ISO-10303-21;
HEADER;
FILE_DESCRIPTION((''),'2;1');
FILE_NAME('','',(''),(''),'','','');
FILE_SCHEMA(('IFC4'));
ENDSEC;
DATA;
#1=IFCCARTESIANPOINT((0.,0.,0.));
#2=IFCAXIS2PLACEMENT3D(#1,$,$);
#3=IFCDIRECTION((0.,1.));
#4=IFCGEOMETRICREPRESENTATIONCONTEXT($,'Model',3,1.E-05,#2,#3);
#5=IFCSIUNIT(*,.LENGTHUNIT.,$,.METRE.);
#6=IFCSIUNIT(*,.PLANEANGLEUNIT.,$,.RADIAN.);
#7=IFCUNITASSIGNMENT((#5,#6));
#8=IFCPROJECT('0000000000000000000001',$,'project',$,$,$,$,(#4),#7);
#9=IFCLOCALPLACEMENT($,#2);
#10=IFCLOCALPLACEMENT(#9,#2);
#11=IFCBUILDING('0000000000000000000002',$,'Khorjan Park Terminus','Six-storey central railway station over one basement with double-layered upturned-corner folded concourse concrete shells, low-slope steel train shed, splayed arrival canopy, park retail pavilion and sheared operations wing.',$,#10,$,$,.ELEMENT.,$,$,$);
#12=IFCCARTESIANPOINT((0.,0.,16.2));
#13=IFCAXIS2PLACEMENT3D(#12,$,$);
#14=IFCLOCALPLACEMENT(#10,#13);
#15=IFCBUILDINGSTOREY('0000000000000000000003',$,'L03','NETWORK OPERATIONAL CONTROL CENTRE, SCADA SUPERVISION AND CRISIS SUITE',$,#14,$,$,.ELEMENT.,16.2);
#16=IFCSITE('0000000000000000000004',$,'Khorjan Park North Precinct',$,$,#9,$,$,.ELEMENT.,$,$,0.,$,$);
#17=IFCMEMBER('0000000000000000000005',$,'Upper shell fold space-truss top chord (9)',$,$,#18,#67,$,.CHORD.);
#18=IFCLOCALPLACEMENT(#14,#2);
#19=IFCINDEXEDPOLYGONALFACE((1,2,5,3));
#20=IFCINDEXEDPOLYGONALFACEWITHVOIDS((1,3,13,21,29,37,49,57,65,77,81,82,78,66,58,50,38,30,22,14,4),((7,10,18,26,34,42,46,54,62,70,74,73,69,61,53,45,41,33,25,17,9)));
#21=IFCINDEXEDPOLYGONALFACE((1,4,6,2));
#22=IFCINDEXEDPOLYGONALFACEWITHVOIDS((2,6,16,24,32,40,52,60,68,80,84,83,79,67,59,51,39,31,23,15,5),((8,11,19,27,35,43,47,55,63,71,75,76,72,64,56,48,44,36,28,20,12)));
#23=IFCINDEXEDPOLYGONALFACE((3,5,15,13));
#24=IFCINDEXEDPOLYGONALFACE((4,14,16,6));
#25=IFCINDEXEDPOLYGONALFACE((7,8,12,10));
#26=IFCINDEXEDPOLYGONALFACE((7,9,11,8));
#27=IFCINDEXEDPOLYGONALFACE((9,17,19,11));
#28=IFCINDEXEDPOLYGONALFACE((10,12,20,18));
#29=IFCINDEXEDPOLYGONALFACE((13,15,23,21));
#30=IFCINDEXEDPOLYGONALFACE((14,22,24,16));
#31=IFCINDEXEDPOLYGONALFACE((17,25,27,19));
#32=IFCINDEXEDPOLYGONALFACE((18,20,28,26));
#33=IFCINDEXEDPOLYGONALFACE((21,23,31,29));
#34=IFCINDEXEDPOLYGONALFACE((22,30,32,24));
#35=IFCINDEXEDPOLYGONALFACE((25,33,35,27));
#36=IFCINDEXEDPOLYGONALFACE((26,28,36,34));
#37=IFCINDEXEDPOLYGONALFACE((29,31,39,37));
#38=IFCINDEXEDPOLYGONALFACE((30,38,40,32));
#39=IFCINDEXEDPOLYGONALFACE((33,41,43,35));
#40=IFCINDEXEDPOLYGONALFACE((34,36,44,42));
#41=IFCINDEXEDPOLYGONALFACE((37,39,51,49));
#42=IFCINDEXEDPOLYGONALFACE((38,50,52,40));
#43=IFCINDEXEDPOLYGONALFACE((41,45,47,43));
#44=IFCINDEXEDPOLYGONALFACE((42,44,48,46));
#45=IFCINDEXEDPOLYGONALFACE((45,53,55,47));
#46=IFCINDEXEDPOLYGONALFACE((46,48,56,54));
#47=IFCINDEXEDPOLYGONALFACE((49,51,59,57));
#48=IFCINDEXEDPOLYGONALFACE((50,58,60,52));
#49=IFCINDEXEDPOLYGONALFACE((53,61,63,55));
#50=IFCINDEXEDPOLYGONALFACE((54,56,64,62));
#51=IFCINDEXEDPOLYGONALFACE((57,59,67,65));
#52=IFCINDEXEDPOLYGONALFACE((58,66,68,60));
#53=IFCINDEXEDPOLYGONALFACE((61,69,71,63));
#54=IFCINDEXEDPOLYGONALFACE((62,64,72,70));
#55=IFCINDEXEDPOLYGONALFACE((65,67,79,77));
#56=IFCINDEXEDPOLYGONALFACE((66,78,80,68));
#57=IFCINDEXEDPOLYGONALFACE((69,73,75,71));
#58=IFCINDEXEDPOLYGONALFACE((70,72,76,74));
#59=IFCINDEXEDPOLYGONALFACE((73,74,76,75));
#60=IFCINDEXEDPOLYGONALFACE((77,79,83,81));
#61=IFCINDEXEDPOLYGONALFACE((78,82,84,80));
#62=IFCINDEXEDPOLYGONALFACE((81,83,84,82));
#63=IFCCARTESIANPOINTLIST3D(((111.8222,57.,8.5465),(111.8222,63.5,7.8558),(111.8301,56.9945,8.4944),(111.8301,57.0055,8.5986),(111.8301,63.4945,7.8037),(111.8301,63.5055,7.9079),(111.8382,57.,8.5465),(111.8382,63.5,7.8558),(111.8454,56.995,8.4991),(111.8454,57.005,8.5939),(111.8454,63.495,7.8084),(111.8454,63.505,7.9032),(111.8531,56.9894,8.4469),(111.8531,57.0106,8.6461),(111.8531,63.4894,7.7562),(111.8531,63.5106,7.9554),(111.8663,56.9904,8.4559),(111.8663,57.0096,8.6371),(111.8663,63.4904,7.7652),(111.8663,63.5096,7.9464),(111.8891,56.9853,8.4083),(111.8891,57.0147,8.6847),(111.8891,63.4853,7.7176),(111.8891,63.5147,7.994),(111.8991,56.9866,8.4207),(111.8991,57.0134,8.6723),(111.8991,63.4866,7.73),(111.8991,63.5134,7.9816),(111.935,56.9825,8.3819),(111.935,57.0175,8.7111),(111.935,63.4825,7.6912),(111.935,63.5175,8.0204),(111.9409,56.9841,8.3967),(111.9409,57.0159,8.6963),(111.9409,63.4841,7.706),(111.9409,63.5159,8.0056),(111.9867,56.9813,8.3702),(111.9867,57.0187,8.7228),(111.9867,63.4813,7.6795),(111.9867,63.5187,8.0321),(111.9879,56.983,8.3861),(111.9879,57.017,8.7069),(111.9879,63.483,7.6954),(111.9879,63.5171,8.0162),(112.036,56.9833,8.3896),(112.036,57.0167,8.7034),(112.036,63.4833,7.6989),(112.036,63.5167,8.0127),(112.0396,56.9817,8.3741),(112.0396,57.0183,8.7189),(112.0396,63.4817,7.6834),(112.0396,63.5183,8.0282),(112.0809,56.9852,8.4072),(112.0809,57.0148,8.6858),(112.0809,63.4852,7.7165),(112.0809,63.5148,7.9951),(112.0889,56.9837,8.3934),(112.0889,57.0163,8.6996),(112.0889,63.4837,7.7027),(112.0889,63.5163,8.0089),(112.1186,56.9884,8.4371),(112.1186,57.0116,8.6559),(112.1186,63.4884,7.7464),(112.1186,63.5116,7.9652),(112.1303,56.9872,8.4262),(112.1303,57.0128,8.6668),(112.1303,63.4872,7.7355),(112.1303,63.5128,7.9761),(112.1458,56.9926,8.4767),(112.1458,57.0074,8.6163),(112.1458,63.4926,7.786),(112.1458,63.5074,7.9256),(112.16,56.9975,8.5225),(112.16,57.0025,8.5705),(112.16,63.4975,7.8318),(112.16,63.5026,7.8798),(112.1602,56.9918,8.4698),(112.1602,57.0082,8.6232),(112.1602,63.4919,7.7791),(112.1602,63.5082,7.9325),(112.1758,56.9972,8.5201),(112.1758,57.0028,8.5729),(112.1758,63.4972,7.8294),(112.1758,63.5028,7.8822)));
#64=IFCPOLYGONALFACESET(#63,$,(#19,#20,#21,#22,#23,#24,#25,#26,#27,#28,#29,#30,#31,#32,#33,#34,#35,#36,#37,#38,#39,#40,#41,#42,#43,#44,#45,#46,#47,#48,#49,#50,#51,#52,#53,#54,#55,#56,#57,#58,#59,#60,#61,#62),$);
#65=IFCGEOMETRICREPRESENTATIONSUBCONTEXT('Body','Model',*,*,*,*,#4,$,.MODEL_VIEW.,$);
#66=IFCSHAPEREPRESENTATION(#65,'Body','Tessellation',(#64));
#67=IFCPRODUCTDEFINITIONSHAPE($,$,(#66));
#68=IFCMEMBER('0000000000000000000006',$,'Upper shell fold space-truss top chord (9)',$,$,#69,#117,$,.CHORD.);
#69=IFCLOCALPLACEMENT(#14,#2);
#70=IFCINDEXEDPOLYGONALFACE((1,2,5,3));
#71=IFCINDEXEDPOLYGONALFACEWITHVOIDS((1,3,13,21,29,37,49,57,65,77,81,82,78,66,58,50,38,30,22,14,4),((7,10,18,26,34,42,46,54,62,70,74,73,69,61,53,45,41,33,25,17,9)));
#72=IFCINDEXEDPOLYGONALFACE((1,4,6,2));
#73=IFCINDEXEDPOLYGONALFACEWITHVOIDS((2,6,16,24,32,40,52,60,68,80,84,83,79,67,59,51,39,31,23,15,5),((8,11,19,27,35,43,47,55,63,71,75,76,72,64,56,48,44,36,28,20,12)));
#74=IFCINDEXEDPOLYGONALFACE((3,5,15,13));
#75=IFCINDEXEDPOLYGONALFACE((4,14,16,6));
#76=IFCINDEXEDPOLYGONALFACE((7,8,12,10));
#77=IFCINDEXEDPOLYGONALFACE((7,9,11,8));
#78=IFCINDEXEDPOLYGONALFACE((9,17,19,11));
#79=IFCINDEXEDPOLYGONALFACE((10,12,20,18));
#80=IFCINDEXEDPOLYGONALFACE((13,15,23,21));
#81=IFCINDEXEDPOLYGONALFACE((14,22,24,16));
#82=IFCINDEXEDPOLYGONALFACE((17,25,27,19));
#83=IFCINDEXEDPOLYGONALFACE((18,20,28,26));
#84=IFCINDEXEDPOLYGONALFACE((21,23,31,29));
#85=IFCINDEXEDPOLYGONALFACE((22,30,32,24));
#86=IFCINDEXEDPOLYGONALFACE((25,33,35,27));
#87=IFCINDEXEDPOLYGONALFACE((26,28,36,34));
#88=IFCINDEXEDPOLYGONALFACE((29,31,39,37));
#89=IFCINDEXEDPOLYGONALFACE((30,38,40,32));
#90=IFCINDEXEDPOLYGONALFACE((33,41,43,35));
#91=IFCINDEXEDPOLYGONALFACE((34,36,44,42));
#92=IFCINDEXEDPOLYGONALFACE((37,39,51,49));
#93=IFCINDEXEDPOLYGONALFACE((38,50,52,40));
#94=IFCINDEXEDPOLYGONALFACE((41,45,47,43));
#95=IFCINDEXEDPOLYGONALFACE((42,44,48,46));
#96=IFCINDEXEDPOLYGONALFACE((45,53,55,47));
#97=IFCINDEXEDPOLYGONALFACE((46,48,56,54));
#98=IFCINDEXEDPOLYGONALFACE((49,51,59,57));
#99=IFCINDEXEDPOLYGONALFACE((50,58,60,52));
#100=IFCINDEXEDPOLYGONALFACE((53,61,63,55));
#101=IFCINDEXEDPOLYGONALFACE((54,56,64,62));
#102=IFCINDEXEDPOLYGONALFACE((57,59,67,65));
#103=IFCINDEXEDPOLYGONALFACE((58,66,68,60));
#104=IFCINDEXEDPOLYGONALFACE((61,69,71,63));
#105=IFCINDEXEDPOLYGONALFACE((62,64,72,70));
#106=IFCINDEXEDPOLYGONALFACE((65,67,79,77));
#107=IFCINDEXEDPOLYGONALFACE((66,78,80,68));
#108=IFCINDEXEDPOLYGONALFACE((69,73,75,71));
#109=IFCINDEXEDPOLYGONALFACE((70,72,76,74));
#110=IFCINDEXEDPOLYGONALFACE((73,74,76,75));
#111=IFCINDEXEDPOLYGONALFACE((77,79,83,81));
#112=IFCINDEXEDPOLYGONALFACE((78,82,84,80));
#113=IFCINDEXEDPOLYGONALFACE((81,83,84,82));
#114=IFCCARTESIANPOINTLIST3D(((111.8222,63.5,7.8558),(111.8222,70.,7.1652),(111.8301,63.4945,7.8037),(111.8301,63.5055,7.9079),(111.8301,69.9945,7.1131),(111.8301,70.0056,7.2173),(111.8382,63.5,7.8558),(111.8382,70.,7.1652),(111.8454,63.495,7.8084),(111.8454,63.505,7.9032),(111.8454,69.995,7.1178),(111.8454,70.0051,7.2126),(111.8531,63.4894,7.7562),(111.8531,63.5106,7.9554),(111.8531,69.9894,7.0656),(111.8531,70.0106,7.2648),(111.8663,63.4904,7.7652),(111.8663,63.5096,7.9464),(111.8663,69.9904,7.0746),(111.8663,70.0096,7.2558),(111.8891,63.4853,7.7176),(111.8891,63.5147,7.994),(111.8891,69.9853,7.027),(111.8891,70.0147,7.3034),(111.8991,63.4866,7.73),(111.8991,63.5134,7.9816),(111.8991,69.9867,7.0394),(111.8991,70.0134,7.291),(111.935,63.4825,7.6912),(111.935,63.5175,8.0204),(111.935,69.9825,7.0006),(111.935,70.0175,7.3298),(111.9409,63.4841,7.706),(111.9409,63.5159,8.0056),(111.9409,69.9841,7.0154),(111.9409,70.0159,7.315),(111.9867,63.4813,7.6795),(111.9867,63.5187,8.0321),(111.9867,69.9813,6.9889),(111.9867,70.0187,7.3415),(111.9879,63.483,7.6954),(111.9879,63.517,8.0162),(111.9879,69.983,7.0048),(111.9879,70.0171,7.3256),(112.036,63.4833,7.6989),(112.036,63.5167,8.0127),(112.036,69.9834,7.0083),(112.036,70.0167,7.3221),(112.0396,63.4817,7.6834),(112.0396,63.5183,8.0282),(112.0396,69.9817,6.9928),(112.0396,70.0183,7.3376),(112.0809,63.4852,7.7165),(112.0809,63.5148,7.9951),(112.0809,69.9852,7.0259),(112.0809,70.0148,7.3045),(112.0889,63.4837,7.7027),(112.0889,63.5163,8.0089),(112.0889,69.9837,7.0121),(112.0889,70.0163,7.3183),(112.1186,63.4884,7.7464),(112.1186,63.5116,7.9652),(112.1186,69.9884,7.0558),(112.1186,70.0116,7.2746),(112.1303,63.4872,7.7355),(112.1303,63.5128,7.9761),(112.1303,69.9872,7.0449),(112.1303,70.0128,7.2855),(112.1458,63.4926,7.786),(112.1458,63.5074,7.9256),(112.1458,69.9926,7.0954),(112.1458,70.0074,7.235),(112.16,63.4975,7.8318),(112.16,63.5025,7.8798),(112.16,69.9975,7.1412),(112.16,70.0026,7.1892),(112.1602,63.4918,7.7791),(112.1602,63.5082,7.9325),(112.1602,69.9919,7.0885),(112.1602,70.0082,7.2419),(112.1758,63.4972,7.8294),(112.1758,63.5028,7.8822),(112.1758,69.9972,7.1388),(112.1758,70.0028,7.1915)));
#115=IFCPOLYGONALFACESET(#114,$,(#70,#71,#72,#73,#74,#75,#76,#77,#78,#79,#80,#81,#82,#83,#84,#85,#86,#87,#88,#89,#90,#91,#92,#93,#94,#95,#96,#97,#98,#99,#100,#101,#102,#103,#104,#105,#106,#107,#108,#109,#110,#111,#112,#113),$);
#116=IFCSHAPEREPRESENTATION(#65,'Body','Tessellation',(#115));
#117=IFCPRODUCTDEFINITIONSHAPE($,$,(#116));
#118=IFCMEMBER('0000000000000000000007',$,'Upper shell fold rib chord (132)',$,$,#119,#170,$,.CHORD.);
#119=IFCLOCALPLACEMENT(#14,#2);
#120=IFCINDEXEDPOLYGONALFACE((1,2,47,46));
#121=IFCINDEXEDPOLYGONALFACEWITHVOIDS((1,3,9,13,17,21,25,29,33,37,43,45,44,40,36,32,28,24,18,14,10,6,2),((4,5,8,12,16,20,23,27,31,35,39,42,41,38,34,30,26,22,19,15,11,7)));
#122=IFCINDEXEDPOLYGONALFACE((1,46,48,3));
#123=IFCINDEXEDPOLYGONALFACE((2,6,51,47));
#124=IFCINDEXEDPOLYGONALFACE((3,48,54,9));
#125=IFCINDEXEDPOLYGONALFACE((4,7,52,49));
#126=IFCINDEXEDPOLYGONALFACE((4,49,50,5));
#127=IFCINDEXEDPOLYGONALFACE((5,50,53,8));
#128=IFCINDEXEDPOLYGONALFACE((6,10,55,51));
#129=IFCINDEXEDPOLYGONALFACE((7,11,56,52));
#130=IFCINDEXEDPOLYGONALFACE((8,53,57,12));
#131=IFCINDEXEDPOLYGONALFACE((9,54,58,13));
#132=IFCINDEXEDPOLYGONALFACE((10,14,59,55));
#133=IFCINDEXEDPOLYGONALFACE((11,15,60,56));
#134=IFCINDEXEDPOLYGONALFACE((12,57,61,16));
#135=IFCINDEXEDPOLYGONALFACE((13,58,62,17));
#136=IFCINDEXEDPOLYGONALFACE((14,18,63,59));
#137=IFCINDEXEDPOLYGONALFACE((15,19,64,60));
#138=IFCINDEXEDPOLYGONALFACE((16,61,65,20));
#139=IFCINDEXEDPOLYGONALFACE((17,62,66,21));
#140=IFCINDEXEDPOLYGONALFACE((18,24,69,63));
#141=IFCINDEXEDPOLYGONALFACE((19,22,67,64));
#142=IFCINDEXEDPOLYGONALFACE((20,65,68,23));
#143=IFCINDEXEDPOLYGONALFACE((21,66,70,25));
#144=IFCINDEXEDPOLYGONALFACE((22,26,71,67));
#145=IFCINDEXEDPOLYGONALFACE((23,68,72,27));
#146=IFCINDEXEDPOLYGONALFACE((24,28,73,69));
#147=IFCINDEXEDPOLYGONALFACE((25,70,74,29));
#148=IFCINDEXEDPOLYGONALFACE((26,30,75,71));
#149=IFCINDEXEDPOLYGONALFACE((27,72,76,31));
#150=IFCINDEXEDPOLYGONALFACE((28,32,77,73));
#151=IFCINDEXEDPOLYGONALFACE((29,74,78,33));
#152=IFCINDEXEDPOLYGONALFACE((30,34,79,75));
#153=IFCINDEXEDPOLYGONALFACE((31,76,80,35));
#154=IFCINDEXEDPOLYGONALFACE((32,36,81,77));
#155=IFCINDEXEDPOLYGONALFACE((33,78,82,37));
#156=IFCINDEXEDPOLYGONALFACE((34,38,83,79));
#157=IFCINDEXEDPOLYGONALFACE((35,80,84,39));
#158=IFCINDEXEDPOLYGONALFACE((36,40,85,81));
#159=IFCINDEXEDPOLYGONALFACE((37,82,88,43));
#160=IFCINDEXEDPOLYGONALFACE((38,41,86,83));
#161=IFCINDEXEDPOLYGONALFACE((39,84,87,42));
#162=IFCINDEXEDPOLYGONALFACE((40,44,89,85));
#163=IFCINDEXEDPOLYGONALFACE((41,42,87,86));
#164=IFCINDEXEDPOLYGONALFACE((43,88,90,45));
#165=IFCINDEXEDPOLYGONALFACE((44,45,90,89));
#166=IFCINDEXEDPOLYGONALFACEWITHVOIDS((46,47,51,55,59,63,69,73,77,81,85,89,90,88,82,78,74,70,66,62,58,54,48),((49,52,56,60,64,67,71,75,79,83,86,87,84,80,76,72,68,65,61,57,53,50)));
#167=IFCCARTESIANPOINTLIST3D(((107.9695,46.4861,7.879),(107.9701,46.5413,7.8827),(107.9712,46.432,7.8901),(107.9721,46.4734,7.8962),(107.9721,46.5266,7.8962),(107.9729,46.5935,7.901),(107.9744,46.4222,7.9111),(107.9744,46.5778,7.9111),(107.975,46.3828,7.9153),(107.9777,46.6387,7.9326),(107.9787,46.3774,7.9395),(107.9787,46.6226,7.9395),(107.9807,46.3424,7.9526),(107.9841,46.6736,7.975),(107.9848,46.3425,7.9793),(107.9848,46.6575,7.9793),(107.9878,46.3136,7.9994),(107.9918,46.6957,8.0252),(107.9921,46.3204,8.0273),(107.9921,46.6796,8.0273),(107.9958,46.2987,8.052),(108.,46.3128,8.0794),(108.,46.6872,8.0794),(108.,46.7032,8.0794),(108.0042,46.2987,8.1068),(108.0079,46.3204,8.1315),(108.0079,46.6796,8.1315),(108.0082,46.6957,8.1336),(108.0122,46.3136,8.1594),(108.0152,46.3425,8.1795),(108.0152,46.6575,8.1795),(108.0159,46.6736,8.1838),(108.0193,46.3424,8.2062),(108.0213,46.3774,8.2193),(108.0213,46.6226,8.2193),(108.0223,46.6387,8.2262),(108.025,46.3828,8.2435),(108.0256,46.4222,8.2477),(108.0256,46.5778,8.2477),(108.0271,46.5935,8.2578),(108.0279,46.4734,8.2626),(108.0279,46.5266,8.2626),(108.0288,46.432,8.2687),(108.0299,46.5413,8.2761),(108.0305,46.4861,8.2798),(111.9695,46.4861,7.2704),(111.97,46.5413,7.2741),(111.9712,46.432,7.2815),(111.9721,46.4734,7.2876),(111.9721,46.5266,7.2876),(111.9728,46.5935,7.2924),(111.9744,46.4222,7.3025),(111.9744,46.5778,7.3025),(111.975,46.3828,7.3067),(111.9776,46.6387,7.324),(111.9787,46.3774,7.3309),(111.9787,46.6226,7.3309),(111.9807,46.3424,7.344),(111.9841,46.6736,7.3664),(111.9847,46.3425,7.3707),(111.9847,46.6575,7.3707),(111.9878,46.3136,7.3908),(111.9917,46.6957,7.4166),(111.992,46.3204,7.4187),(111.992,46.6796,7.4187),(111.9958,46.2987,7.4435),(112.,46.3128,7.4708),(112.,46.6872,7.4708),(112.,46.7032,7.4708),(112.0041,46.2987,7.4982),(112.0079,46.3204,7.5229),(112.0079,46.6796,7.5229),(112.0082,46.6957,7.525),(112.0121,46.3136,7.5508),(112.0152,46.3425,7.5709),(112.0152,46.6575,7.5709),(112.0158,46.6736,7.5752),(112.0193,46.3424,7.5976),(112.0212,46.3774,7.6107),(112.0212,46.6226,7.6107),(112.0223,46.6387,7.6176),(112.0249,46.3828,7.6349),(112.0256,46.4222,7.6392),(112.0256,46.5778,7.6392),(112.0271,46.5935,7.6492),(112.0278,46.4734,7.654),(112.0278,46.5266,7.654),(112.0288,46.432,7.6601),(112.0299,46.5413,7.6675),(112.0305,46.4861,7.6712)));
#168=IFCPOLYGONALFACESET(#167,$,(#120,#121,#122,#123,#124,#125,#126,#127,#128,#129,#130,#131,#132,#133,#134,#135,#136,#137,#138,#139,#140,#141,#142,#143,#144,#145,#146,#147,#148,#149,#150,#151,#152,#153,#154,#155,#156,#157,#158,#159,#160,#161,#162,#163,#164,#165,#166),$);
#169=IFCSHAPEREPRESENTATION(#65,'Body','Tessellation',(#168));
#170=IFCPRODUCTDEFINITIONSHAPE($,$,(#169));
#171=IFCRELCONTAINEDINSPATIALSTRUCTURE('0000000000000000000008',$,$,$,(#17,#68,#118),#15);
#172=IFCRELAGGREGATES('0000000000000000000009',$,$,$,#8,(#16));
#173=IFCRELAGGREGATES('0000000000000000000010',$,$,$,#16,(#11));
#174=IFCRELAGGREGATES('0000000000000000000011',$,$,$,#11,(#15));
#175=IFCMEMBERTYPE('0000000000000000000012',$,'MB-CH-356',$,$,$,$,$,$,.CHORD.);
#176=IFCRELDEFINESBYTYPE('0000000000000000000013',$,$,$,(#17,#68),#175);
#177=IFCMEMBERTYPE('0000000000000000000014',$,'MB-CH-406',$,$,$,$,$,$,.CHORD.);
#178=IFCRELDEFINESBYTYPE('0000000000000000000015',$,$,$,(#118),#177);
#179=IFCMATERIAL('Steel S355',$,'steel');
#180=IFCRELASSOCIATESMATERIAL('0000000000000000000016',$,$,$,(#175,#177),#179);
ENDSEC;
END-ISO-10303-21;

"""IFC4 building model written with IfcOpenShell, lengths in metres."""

from ifc_helpers import new_model, si_unit, direction, frame, origin, origin_2d, place, context, subcontext, project, spatial, hollow_circle, extrude, material, material_profile, profile_set, type_object, element, save


model = new_model("IFC4")

# Units and contexts
model_context = context("Model", 3, precision=1e-05, world=origin(), true_north=direction((0.0, 1.0)))
body_context = subcontext(model_context, "Body", "Model", "MODEL_VIEW")
ifc_project = project(units=[si_unit("LENGTHUNIT", "METRE"), si_unit("PLANEANGLEUNIT", "RADIAN")], contexts=[model_context])

# Site, building, storey
site_placement = place(None, origin())
site = spatial("IfcSite", under=ifc_project, at=site_placement, Name="Khorjan Park North Precinct", CompositionType="ELEMENT", RefElevation=0.0)
building_placement = place(site_placement, origin())
building = spatial("IfcBuilding", under=site, at=building_placement, Name="Khorjan Park Terminus", Description="Six-storey central railway station over one basement with double-layered upturned-corner folded concourse concrete shells, low-slope steel train shed, splayed arrival canopy, park retail pavilion and sheared operations wing.", CompositionType="ELEMENT")
storey_placement = place(building_placement, frame((0.0, 0.0, 16.2)))
storey = spatial("IfcBuildingStorey", under=building, at=storey_placement, Name="L03", Description="NETWORK OPERATIONAL CONTROL CENTRE, SCADA SUPERVISION AND CRISIS SUITE", CompositionType="ELEMENT", Elevation=16.2)

# Members
ifc_material = material(Name="Steel S355", Category="steel")
ifc_material_profile_1 = material_profile(ifc_material, hollow_circle(Radius=0.1778, WallThickness=0.016, at=origin_2d()), Name="CHS 355.6x16")
ifc_profile_set_1 = profile_set([ifc_material_profile_1], Name="Steel S355")
member_type_1 = type_object("IfcMemberType", Name="MB-CH-356", PredefinedType="CHORD", material=ifc_profile_set_1)
for number, where, z_axis, x_axis, name in (
    (1, (112.0, 57.0, 8.5465), (0.0, 0.994402, -0.105667), (-1.0, 0.0, 0.0), "Upper shell fold space-truss top chord (9)"),
    (2, (112.0, 63.5, 7.8558), (0.0, 0.994403, -0.105652), (-1.0, 0.0, 0.0), "Upper shell fold space-truss top chord (9)"),
):
    element("IfcMember", number, at=place(storey_placement, frame(where, z_axis=z_axis, x_axis=x_axis)), inside=storey, type_object=member_type_1, Name=name, PredefinedType="CHORD", context=body_context, shape_type="SweptSolid", body=[
        extrude(hollow_circle(Radius=0.1778, WallThickness=0.016, at=origin_2d()), origin(), (0.0, 0.0, 1.0), 6.5366),
    ])
ifc_material_profile_2 = material_profile(ifc_material, hollow_circle(Radius=0.2032, WallThickness=0.016, at=origin_2d()), Name="CHS 406.4x16")
ifc_profile_set_2 = profile_set([ifc_material_profile_2], Name="Steel S355")
member_type_2 = type_object("IfcMemberType", Name="MB-CH-406", PredefinedType="CHORD", material=ifc_profile_set_2)
member_1_placement = place(storey_placement, frame((108.0, 46.5, 8.0794), z_axis=(0.988622, 0.0, -0.150419), x_axis=(0.0, 1.0, 0.0)))
element("IfcMember", 3, at=member_1_placement, inside=storey, type_object=member_type_2, Name="Upper shell fold rib chord (132)", PredefinedType="CHORD", context=body_context, shape_type="SweptSolid", body=[
    extrude(hollow_circle(Radius=0.2032, WallThickness=0.016, at=origin_2d()), origin(), (0.0, 0.0, 1.0), 4.046),
])

save(model, "model.ifc")
